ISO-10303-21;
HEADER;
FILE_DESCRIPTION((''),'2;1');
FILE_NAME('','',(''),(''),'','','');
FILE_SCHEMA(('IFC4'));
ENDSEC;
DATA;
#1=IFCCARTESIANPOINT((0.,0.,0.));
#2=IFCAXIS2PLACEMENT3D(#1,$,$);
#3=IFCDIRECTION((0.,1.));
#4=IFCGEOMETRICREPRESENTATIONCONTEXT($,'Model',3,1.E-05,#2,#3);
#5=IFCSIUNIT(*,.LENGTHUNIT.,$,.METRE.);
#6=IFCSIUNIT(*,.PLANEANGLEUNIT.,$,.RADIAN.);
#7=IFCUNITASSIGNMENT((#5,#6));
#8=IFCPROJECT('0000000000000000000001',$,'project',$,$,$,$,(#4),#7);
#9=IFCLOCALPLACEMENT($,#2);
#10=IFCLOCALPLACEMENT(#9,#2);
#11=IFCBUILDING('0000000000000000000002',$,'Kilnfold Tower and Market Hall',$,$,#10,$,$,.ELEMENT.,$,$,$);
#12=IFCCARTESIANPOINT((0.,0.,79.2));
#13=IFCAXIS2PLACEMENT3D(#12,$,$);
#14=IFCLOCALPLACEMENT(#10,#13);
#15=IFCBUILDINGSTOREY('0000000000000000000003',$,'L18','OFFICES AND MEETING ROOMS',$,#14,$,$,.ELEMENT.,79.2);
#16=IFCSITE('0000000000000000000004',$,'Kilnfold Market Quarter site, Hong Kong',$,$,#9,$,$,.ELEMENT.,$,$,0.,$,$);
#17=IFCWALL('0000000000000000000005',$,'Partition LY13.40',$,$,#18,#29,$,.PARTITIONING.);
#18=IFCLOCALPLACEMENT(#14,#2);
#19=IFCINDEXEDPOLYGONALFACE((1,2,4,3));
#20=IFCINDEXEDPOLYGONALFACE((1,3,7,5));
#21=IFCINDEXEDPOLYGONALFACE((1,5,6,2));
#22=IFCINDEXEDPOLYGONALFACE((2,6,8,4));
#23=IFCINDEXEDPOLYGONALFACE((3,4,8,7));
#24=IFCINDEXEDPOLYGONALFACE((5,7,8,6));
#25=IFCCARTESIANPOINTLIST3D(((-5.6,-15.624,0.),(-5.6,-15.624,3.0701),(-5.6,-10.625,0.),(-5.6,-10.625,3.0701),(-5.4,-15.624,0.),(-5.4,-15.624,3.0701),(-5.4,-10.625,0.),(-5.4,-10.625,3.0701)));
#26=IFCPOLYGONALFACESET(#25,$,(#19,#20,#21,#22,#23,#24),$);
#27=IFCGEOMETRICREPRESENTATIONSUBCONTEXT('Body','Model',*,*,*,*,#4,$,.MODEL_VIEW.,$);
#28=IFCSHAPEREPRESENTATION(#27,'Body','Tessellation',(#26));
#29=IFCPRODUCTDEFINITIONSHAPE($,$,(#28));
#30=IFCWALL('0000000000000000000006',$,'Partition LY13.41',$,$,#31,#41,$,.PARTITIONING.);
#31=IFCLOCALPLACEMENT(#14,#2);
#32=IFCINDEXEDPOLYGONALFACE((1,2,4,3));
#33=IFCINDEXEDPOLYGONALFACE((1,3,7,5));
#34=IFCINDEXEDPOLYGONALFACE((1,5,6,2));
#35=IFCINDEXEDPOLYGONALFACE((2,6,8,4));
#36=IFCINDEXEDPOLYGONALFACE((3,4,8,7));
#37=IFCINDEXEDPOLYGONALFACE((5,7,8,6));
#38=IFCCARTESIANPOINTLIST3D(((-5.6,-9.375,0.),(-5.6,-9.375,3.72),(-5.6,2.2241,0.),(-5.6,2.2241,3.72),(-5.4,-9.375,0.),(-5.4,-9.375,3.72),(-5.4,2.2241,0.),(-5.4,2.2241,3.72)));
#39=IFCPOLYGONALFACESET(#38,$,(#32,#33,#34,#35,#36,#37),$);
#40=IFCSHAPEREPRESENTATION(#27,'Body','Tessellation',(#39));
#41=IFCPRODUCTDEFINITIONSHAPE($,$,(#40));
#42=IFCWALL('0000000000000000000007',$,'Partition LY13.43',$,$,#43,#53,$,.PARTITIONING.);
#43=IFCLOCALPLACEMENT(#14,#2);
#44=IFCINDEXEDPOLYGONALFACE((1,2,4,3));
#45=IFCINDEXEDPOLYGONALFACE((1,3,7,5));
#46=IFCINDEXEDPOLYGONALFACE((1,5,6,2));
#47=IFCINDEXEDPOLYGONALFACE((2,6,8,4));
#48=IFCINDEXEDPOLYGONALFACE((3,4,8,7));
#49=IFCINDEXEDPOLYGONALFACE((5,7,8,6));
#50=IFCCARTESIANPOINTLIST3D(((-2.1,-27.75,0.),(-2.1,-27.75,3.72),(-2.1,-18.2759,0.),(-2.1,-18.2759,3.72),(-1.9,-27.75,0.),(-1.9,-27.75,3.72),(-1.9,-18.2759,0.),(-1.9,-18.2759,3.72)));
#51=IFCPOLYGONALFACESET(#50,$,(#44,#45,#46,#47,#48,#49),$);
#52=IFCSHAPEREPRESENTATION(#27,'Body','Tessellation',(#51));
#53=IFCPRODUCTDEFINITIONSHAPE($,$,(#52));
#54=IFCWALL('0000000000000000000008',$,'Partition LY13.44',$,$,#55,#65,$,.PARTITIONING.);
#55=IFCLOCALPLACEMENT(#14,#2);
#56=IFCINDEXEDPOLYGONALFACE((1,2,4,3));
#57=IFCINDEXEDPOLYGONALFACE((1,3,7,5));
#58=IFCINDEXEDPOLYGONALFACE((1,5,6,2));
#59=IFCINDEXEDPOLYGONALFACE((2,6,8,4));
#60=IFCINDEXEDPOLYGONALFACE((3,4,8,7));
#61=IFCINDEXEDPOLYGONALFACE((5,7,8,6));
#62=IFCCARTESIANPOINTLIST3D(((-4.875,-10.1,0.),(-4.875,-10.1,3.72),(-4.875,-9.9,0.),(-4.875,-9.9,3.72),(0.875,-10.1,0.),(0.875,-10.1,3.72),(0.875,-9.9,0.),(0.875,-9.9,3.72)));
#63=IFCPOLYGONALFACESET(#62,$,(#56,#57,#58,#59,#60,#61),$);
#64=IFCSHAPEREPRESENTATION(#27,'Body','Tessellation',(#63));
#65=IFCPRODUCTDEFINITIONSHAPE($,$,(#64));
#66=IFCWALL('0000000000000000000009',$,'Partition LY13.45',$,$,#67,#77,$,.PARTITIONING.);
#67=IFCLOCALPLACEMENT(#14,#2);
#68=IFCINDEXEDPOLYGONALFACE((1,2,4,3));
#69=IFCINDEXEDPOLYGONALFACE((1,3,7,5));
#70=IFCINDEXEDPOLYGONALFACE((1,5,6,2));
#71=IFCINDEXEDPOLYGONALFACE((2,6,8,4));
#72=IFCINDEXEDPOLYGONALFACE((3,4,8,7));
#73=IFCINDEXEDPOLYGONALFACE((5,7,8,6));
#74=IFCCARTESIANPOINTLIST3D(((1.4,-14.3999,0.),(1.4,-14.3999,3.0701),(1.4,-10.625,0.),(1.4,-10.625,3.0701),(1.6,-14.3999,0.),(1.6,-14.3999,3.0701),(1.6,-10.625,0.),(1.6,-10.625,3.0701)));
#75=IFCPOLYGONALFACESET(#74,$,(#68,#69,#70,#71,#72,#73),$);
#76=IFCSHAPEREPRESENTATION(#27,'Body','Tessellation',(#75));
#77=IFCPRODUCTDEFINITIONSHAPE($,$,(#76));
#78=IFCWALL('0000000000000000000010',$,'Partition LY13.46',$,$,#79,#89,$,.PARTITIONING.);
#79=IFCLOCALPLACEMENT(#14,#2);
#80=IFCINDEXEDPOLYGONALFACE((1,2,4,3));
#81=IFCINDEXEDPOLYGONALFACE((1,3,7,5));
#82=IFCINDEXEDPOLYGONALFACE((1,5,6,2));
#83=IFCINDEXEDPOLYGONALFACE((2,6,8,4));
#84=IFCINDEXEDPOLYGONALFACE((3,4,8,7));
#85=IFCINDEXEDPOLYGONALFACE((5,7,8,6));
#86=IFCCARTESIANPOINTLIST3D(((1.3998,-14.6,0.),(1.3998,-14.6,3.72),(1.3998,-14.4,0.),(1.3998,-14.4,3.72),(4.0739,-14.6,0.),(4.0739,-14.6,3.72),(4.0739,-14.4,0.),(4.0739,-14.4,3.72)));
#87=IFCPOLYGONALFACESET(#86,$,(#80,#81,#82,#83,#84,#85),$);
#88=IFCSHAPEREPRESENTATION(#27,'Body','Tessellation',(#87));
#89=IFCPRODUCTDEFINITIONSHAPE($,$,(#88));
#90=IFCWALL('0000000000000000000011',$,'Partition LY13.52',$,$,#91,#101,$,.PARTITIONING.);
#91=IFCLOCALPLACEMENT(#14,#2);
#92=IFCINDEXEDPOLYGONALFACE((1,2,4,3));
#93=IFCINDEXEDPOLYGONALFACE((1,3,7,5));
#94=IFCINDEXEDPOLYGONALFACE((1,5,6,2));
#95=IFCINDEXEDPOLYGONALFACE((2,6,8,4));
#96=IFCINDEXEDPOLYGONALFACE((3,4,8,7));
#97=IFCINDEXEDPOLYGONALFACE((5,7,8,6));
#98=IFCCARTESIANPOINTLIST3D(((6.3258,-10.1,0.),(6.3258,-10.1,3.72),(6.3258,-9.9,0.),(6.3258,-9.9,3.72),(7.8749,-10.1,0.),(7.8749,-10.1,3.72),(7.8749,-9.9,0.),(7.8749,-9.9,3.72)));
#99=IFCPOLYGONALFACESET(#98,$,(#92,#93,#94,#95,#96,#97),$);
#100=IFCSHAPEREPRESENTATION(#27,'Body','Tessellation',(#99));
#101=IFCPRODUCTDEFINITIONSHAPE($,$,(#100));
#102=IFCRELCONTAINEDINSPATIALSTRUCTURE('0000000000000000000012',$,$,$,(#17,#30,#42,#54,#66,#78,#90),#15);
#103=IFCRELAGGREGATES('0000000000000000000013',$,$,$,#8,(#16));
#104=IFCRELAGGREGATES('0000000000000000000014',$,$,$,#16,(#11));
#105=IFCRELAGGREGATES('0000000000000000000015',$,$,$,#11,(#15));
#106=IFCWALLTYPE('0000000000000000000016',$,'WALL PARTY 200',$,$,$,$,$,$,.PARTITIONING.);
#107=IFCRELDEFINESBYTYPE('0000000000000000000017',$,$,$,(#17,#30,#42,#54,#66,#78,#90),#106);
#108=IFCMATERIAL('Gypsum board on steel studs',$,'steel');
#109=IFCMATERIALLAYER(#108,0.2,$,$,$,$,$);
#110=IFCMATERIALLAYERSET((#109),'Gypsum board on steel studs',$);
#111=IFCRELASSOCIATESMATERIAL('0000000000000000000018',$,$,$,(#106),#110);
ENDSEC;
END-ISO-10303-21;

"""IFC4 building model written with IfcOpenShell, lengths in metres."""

from ifc_helpers import new_model, si_unit, direction, frame, frame_2d, origin, place, context, subcontext, project, spatial, rectangle, extrude, material, layer, layer_set, type_object, element, save


model = new_model("IFC4")

# Units and contexts
model_context = context("Model", 3, precision=1e-05, world=origin(), true_north=direction((0.0, 1.0)))
body_context = subcontext(model_context, "Body", "Model", "MODEL_VIEW")
ifc_project = project(units=[si_unit("LENGTHUNIT", "METRE"), si_unit("PLANEANGLEUNIT", "RADIAN")], contexts=[model_context])

# Site, building, storey
site_placement = place(None, origin())
site = spatial("IfcSite", under=ifc_project, at=site_placement, Name="Kilnfold Market Quarter site, Hong Kong", CompositionType="ELEMENT", RefElevation=0.0)
building_placement = place(site_placement, origin())
building = spatial("IfcBuilding", under=site, at=building_placement, Name="Kilnfold Tower and Market Hall", CompositionType="ELEMENT")
storey_placement = place(building_placement, frame((0.0, 0.0, 79.2)))
storey = spatial("IfcBuildingStorey", under=building, at=storey_placement, Name="L18", Description="OFFICES AND MEETING ROOMS", CompositionType="ELEMENT", Elevation=79.2)

# Walls
ifc_material_1 = material(Name="Gypsum board on steel studs", Category="steel")
ifc_layer_1 = layer(ifc_material_1, 0.2)
ifc_layer_set_1 = layer_set([ifc_layer_1], Name="Gypsum board on steel studs")
wall_type_1 = type_object("IfcWallType", Name="WALL PARTY 200", PredefinedType="PARTITIONING", material=ifc_layer_set_1)
wall_1_placement = place(storey_placement, frame((-5.5, -15.624, 0.0), z_axis=(0.0, 0.0, 1.0), x_axis=(0.0, 1.0, 0.0)))
element("IfcWall", 1, at=wall_1_placement, inside=storey, type_object=wall_type_1, Name="Partition LY13.40", PredefinedType="PARTITIONING", context=body_context, shape_type="SweptSolid", body=[
    extrude(rectangle(XDim=4.999, YDim=0.2, at=frame_2d((2.4995, 0.0))), origin(), (0.0, 0.0, 1.0), 3.0701),
])
wall_2_placement = place(storey_placement, frame((-5.5, -9.375, 0.0), z_axis=(0.0, 0.0, 1.0), x_axis=(0.0, 1.0, 0.0)))
element("IfcWall", 2, at=wall_2_placement, inside=storey, type_object=wall_type_1, Name="Partition LY13.41", PredefinedType="PARTITIONING", context=body_context, shape_type="SweptSolid", body=[
    extrude(rectangle(XDim=11.5991, YDim=0.2, at=frame_2d((5.7996, 0.0))), origin(), (0.0, 0.0, 1.0), 3.72),
])
wall_3_placement = place(storey_placement, frame((-2.0, -27.75, 0.0), z_axis=(0.0, 0.0, 1.0), x_axis=(0.0, 1.0, 0.0)))
element("IfcWall", 3, at=wall_3_placement, inside=storey, type_object=wall_type_1, Name="Partition LY13.43", PredefinedType="PARTITIONING", context=body_context, shape_type="SweptSolid", body=[
    extrude(rectangle(XDim=9.4741, YDim=0.2, at=frame_2d((4.7371, 0.0))), origin(), (0.0, 0.0, 1.0), 3.72),
])
wall_4_placement = place(storey_placement, frame((-4.875, -10.0, 0.0), z_axis=(0.0, 0.0, 1.0), x_axis=(1.0, 0.0, 0.0)))
element("IfcWall", 4, at=wall_4_placement, inside=storey, type_object=wall_type_1, Name="Partition LY13.44", PredefinedType="PARTITIONING", context=body_context, shape_type="SweptSolid", body=[
    extrude(rectangle(XDim=5.75, YDim=0.2, at=frame_2d((2.875, 0.0))), origin(), (0.0, 0.0, 1.0), 3.72),
])
wall_5_placement = place(storey_placement, frame((1.5, -14.3999, 0.0), z_axis=(0.0, 0.0, 1.0), x_axis=(0.0, 1.0, 0.0)))
element("IfcWall", 5, at=wall_5_placement, inside=storey, type_object=wall_type_1, Name="Partition LY13.45", PredefinedType="PARTITIONING", context=body_context, shape_type="SweptSolid", body=[
    extrude(rectangle(XDim=3.7749, YDim=0.2, at=frame_2d((1.8875, 0.0))), origin(), (0.0, 0.0, 1.0), 3.0701),
])
wall_6_placement = place(storey_placement, frame((1.3999, -14.5, 0.0), z_axis=(0.0, 0.0, 1.0), x_axis=(1.0, 0.0, 0.0)))
element("IfcWall", 6, at=wall_6_placement, inside=storey, type_object=wall_type_1, Name="Partition LY13.46", PredefinedType="PARTITIONING", context=body_context, shape_type="SweptSolid", body=[
    extrude(rectangle(XDim=2.6741, YDim=0.2, at=frame_2d((1.3369, 0.0))), origin(), (0.0, 0.0, 1.0), 3.72),
])
wall_7_placement = place(storey_placement, frame((6.3259, -10.0, 0.0), z_axis=(0.0, 0.0, 1.0), x_axis=(1.0, 0.0, 0.0)))
element("IfcWall", 7, at=wall_7_placement, inside=storey, type_object=wall_type_1, Name="Partition LY13.52", PredefinedType="PARTITIONING", context=body_context, shape_type="SweptSolid", body=[
    extrude(rectangle(XDim=1.5491, YDim=0.2, at=frame_2d((0.7744, 0.0))), origin(), (0.0, 0.0, 1.0), 3.72),
])

save(model, "model.ifc")
